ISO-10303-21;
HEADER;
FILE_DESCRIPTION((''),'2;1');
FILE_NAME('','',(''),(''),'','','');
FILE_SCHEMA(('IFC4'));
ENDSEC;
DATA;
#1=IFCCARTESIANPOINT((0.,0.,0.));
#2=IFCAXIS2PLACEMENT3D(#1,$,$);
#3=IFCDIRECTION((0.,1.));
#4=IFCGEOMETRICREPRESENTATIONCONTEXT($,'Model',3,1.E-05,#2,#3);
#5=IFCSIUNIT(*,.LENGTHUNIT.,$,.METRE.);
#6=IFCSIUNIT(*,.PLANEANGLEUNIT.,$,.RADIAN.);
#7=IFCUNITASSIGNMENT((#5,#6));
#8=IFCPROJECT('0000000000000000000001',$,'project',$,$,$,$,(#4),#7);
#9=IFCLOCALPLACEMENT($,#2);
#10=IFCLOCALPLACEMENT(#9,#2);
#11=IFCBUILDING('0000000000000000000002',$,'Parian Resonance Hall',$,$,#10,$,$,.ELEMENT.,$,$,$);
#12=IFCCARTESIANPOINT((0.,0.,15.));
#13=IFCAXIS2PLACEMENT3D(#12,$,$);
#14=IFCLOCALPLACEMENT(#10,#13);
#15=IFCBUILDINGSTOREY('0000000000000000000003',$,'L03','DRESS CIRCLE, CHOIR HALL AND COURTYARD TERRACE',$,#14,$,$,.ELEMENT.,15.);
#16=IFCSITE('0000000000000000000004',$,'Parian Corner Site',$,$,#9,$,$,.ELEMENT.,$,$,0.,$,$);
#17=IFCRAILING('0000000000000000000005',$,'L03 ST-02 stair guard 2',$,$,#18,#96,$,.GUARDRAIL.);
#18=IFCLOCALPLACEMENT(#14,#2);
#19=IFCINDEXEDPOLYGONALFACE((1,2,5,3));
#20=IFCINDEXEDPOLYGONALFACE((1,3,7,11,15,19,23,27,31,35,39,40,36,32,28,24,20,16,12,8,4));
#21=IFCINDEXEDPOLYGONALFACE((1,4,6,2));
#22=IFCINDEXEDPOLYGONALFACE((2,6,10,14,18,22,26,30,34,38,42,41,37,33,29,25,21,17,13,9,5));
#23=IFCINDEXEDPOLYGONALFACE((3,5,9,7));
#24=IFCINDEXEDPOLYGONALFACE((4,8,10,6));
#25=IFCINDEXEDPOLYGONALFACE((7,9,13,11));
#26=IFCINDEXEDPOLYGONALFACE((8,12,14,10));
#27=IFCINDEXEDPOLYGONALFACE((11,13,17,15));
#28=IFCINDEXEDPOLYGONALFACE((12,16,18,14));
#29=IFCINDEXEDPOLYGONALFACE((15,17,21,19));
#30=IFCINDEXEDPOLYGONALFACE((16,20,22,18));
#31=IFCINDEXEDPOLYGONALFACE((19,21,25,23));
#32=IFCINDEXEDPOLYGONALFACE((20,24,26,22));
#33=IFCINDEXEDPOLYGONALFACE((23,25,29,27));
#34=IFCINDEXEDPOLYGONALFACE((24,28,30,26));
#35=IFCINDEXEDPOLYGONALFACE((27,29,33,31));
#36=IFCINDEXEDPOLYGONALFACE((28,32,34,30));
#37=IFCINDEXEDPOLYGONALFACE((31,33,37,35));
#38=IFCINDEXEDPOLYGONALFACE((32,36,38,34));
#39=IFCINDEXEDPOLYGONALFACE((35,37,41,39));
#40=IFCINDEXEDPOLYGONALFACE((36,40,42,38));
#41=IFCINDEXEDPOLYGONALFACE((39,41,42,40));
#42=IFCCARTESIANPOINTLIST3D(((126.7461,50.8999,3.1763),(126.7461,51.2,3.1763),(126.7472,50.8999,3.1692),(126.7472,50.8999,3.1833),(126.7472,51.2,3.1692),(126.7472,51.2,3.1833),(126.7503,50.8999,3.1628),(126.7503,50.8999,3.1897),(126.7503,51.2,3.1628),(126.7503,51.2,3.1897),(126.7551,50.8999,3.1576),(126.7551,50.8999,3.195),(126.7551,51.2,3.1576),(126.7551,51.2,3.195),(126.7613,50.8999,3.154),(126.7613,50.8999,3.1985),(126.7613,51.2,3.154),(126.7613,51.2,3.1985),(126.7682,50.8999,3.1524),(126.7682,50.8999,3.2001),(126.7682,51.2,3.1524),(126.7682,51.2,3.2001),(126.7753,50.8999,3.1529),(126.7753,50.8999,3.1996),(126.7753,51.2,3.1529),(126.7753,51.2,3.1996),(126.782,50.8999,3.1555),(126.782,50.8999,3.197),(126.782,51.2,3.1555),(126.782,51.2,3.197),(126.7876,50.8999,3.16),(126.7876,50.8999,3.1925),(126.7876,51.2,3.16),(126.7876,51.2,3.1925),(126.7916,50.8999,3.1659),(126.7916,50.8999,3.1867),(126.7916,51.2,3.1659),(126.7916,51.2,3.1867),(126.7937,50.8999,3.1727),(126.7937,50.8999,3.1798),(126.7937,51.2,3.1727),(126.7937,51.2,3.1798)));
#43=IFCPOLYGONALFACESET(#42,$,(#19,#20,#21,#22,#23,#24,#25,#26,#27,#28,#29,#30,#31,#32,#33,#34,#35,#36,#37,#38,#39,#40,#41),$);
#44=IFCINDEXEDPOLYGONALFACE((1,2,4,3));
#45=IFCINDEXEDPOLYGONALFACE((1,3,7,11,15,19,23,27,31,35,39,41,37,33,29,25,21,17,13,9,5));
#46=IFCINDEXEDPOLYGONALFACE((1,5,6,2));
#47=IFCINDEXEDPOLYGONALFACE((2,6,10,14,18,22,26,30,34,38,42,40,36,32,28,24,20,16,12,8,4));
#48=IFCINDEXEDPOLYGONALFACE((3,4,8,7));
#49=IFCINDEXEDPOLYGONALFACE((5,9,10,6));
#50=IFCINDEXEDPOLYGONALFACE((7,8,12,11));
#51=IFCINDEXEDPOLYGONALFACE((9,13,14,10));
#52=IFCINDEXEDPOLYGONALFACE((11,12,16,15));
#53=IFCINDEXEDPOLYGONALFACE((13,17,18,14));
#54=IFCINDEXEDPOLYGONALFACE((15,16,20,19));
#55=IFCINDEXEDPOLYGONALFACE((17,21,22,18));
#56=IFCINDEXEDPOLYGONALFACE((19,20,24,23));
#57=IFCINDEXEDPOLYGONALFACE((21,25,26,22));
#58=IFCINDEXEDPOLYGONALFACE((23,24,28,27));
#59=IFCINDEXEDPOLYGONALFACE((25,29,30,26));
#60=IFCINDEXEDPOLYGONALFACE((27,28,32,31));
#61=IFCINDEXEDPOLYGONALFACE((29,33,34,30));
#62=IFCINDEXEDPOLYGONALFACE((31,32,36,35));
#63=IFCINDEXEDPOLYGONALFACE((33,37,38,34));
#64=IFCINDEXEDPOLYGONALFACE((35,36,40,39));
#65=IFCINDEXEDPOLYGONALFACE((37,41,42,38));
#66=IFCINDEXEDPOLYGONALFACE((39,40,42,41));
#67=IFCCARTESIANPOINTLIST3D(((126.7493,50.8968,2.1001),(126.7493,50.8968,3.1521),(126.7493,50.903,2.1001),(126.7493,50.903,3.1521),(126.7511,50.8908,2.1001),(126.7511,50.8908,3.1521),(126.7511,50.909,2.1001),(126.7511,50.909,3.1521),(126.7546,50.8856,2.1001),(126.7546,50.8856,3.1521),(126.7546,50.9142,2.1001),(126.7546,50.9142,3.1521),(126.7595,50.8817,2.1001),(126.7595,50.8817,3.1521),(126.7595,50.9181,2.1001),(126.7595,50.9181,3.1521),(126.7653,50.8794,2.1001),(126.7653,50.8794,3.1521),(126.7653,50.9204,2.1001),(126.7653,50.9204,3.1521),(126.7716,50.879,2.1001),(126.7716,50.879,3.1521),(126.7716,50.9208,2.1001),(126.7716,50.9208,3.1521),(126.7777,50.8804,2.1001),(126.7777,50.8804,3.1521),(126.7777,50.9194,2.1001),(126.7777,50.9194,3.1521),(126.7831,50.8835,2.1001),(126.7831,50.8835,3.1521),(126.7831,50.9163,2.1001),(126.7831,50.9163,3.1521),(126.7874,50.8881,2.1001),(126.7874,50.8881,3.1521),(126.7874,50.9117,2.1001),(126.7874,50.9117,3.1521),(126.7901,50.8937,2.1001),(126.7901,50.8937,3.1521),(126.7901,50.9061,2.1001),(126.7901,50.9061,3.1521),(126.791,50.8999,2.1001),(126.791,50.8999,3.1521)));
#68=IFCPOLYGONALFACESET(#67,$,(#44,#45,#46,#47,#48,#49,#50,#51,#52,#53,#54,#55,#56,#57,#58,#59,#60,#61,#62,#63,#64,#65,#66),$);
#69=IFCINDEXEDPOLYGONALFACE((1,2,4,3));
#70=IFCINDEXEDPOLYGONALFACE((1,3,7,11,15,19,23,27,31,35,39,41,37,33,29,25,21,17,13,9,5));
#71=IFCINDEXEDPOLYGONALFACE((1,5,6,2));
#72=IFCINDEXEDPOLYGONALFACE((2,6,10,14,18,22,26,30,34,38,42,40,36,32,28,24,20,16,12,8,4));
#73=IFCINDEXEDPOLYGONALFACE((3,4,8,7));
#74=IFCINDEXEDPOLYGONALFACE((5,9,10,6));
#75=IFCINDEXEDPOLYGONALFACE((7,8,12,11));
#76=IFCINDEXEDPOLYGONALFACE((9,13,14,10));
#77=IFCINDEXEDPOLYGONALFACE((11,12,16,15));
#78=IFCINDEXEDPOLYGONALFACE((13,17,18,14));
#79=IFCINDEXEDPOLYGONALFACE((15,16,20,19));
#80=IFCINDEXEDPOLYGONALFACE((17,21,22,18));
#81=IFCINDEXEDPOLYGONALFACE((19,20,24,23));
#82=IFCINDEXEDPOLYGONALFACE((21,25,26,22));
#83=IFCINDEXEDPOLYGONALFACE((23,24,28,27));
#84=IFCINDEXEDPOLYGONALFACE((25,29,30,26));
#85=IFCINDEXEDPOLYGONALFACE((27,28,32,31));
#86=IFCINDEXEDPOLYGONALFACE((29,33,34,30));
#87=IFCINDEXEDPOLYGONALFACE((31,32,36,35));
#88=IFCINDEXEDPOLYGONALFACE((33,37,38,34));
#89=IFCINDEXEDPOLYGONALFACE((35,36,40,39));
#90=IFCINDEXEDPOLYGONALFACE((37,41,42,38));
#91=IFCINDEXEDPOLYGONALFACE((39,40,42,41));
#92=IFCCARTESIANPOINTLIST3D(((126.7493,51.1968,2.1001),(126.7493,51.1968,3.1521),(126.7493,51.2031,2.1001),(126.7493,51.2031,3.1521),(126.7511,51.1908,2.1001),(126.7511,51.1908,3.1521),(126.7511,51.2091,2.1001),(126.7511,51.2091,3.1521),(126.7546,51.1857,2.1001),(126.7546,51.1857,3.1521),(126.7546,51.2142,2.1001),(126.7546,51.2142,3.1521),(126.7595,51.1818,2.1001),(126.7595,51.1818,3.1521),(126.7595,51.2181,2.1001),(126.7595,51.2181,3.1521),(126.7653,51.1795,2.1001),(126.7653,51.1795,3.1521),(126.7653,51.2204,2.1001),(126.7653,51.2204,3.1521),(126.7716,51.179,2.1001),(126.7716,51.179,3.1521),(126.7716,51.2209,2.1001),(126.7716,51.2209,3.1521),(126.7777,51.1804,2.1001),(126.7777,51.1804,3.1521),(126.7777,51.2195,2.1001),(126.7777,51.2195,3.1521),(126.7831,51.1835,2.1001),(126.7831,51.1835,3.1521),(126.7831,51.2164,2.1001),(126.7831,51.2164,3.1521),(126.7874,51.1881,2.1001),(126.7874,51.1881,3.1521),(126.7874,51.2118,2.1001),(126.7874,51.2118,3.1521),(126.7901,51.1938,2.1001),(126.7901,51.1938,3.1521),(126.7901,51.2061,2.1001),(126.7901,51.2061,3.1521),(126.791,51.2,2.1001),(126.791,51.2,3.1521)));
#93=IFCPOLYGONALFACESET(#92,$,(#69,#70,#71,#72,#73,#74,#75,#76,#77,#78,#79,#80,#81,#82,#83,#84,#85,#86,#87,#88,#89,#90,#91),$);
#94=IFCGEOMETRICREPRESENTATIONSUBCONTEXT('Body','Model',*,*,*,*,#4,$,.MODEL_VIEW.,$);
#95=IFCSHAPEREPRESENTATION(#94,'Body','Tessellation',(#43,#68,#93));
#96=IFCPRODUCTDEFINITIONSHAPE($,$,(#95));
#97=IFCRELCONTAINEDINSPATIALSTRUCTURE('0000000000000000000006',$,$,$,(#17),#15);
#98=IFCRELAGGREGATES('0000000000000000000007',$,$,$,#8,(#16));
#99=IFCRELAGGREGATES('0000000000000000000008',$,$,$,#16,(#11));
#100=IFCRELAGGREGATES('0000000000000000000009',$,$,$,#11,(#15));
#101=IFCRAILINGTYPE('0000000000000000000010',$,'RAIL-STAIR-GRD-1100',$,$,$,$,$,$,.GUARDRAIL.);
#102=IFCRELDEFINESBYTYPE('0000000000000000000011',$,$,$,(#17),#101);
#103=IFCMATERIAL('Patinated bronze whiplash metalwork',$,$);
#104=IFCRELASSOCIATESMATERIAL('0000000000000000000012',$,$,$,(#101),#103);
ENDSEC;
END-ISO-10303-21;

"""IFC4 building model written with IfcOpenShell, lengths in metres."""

from ifc_helpers import new_model, si_unit, direction, frame, origin, origin_2d, place, context, subcontext, project, spatial, circle, extrude, material, type_object, element, save


model = new_model("IFC4")

# Units and contexts
model_context = context("Model", 3, precision=1e-05, world=origin(), true_north=direction((0.0, 1.0)))
body_context = subcontext(model_context, "Body", "Model", "MODEL_VIEW")
ifc_project = project(units=[si_unit("LENGTHUNIT", "METRE"), si_unit("PLANEANGLEUNIT", "RADIAN")], contexts=[model_context])

# Site, building, storey
site_placement = place(None, origin())
site = spatial("IfcSite", under=ifc_project, at=site_placement, Name="Parian Corner Site", CompositionType="ELEMENT", RefElevation=0.0)
building_placement = place(site_placement, origin())
building = spatial("IfcBuilding", under=site, at=building_placement, Name="Parian Resonance Hall", CompositionType="ELEMENT")
storey_placement = place(building_placement, frame((0.0, 0.0, 15.0)))
storey = spatial("IfcBuildingStorey", under=building, at=storey_placement, Name="L03", Description="DRESS CIRCLE, CHOIR HALL AND COURTYARD TERRACE", CompositionType="ELEMENT", Elevation=15.0)

# Railing
ifc_material_1 = material(Name="Patinated bronze whiplash metalwork")
railing_type_1 = type_object("IfcRailingType", Name="RAIL-STAIR-GRD-1100", PredefinedType="GUARDRAIL", material=ifc_material_1)
railing_1_placement = place(storey_placement, frame((126.77, 50.8999, 2.1001)))
element("IfcRailing", 1, at=railing_1_placement, inside=storey, type_object=railing_type_1, Name="L03 ST-02 stair guard 2", PredefinedType="GUARDRAIL", context=body_context, shape_type="SweptSolid", body=[
    extrude(circle(Radius=0.0239, at=origin_2d()), frame((0.0, 0.0, 1.0762), z_axis=(0.0, 1.0, 0.0), x_axis=(-1.0, 0.0, 0.0)), (0.0, 0.0, 1.0), 0.3),
    extrude(circle(Radius=0.021, at=origin_2d()), origin(), (0.0, 0.0, 1.0), 1.052),
    extrude(circle(Radius=0.021, at=origin_2d()), frame((0.0, 0.3, 0.0)), (0.0, 0.0, 1.0), 1.052),
])

save(model, "model.ifc")
